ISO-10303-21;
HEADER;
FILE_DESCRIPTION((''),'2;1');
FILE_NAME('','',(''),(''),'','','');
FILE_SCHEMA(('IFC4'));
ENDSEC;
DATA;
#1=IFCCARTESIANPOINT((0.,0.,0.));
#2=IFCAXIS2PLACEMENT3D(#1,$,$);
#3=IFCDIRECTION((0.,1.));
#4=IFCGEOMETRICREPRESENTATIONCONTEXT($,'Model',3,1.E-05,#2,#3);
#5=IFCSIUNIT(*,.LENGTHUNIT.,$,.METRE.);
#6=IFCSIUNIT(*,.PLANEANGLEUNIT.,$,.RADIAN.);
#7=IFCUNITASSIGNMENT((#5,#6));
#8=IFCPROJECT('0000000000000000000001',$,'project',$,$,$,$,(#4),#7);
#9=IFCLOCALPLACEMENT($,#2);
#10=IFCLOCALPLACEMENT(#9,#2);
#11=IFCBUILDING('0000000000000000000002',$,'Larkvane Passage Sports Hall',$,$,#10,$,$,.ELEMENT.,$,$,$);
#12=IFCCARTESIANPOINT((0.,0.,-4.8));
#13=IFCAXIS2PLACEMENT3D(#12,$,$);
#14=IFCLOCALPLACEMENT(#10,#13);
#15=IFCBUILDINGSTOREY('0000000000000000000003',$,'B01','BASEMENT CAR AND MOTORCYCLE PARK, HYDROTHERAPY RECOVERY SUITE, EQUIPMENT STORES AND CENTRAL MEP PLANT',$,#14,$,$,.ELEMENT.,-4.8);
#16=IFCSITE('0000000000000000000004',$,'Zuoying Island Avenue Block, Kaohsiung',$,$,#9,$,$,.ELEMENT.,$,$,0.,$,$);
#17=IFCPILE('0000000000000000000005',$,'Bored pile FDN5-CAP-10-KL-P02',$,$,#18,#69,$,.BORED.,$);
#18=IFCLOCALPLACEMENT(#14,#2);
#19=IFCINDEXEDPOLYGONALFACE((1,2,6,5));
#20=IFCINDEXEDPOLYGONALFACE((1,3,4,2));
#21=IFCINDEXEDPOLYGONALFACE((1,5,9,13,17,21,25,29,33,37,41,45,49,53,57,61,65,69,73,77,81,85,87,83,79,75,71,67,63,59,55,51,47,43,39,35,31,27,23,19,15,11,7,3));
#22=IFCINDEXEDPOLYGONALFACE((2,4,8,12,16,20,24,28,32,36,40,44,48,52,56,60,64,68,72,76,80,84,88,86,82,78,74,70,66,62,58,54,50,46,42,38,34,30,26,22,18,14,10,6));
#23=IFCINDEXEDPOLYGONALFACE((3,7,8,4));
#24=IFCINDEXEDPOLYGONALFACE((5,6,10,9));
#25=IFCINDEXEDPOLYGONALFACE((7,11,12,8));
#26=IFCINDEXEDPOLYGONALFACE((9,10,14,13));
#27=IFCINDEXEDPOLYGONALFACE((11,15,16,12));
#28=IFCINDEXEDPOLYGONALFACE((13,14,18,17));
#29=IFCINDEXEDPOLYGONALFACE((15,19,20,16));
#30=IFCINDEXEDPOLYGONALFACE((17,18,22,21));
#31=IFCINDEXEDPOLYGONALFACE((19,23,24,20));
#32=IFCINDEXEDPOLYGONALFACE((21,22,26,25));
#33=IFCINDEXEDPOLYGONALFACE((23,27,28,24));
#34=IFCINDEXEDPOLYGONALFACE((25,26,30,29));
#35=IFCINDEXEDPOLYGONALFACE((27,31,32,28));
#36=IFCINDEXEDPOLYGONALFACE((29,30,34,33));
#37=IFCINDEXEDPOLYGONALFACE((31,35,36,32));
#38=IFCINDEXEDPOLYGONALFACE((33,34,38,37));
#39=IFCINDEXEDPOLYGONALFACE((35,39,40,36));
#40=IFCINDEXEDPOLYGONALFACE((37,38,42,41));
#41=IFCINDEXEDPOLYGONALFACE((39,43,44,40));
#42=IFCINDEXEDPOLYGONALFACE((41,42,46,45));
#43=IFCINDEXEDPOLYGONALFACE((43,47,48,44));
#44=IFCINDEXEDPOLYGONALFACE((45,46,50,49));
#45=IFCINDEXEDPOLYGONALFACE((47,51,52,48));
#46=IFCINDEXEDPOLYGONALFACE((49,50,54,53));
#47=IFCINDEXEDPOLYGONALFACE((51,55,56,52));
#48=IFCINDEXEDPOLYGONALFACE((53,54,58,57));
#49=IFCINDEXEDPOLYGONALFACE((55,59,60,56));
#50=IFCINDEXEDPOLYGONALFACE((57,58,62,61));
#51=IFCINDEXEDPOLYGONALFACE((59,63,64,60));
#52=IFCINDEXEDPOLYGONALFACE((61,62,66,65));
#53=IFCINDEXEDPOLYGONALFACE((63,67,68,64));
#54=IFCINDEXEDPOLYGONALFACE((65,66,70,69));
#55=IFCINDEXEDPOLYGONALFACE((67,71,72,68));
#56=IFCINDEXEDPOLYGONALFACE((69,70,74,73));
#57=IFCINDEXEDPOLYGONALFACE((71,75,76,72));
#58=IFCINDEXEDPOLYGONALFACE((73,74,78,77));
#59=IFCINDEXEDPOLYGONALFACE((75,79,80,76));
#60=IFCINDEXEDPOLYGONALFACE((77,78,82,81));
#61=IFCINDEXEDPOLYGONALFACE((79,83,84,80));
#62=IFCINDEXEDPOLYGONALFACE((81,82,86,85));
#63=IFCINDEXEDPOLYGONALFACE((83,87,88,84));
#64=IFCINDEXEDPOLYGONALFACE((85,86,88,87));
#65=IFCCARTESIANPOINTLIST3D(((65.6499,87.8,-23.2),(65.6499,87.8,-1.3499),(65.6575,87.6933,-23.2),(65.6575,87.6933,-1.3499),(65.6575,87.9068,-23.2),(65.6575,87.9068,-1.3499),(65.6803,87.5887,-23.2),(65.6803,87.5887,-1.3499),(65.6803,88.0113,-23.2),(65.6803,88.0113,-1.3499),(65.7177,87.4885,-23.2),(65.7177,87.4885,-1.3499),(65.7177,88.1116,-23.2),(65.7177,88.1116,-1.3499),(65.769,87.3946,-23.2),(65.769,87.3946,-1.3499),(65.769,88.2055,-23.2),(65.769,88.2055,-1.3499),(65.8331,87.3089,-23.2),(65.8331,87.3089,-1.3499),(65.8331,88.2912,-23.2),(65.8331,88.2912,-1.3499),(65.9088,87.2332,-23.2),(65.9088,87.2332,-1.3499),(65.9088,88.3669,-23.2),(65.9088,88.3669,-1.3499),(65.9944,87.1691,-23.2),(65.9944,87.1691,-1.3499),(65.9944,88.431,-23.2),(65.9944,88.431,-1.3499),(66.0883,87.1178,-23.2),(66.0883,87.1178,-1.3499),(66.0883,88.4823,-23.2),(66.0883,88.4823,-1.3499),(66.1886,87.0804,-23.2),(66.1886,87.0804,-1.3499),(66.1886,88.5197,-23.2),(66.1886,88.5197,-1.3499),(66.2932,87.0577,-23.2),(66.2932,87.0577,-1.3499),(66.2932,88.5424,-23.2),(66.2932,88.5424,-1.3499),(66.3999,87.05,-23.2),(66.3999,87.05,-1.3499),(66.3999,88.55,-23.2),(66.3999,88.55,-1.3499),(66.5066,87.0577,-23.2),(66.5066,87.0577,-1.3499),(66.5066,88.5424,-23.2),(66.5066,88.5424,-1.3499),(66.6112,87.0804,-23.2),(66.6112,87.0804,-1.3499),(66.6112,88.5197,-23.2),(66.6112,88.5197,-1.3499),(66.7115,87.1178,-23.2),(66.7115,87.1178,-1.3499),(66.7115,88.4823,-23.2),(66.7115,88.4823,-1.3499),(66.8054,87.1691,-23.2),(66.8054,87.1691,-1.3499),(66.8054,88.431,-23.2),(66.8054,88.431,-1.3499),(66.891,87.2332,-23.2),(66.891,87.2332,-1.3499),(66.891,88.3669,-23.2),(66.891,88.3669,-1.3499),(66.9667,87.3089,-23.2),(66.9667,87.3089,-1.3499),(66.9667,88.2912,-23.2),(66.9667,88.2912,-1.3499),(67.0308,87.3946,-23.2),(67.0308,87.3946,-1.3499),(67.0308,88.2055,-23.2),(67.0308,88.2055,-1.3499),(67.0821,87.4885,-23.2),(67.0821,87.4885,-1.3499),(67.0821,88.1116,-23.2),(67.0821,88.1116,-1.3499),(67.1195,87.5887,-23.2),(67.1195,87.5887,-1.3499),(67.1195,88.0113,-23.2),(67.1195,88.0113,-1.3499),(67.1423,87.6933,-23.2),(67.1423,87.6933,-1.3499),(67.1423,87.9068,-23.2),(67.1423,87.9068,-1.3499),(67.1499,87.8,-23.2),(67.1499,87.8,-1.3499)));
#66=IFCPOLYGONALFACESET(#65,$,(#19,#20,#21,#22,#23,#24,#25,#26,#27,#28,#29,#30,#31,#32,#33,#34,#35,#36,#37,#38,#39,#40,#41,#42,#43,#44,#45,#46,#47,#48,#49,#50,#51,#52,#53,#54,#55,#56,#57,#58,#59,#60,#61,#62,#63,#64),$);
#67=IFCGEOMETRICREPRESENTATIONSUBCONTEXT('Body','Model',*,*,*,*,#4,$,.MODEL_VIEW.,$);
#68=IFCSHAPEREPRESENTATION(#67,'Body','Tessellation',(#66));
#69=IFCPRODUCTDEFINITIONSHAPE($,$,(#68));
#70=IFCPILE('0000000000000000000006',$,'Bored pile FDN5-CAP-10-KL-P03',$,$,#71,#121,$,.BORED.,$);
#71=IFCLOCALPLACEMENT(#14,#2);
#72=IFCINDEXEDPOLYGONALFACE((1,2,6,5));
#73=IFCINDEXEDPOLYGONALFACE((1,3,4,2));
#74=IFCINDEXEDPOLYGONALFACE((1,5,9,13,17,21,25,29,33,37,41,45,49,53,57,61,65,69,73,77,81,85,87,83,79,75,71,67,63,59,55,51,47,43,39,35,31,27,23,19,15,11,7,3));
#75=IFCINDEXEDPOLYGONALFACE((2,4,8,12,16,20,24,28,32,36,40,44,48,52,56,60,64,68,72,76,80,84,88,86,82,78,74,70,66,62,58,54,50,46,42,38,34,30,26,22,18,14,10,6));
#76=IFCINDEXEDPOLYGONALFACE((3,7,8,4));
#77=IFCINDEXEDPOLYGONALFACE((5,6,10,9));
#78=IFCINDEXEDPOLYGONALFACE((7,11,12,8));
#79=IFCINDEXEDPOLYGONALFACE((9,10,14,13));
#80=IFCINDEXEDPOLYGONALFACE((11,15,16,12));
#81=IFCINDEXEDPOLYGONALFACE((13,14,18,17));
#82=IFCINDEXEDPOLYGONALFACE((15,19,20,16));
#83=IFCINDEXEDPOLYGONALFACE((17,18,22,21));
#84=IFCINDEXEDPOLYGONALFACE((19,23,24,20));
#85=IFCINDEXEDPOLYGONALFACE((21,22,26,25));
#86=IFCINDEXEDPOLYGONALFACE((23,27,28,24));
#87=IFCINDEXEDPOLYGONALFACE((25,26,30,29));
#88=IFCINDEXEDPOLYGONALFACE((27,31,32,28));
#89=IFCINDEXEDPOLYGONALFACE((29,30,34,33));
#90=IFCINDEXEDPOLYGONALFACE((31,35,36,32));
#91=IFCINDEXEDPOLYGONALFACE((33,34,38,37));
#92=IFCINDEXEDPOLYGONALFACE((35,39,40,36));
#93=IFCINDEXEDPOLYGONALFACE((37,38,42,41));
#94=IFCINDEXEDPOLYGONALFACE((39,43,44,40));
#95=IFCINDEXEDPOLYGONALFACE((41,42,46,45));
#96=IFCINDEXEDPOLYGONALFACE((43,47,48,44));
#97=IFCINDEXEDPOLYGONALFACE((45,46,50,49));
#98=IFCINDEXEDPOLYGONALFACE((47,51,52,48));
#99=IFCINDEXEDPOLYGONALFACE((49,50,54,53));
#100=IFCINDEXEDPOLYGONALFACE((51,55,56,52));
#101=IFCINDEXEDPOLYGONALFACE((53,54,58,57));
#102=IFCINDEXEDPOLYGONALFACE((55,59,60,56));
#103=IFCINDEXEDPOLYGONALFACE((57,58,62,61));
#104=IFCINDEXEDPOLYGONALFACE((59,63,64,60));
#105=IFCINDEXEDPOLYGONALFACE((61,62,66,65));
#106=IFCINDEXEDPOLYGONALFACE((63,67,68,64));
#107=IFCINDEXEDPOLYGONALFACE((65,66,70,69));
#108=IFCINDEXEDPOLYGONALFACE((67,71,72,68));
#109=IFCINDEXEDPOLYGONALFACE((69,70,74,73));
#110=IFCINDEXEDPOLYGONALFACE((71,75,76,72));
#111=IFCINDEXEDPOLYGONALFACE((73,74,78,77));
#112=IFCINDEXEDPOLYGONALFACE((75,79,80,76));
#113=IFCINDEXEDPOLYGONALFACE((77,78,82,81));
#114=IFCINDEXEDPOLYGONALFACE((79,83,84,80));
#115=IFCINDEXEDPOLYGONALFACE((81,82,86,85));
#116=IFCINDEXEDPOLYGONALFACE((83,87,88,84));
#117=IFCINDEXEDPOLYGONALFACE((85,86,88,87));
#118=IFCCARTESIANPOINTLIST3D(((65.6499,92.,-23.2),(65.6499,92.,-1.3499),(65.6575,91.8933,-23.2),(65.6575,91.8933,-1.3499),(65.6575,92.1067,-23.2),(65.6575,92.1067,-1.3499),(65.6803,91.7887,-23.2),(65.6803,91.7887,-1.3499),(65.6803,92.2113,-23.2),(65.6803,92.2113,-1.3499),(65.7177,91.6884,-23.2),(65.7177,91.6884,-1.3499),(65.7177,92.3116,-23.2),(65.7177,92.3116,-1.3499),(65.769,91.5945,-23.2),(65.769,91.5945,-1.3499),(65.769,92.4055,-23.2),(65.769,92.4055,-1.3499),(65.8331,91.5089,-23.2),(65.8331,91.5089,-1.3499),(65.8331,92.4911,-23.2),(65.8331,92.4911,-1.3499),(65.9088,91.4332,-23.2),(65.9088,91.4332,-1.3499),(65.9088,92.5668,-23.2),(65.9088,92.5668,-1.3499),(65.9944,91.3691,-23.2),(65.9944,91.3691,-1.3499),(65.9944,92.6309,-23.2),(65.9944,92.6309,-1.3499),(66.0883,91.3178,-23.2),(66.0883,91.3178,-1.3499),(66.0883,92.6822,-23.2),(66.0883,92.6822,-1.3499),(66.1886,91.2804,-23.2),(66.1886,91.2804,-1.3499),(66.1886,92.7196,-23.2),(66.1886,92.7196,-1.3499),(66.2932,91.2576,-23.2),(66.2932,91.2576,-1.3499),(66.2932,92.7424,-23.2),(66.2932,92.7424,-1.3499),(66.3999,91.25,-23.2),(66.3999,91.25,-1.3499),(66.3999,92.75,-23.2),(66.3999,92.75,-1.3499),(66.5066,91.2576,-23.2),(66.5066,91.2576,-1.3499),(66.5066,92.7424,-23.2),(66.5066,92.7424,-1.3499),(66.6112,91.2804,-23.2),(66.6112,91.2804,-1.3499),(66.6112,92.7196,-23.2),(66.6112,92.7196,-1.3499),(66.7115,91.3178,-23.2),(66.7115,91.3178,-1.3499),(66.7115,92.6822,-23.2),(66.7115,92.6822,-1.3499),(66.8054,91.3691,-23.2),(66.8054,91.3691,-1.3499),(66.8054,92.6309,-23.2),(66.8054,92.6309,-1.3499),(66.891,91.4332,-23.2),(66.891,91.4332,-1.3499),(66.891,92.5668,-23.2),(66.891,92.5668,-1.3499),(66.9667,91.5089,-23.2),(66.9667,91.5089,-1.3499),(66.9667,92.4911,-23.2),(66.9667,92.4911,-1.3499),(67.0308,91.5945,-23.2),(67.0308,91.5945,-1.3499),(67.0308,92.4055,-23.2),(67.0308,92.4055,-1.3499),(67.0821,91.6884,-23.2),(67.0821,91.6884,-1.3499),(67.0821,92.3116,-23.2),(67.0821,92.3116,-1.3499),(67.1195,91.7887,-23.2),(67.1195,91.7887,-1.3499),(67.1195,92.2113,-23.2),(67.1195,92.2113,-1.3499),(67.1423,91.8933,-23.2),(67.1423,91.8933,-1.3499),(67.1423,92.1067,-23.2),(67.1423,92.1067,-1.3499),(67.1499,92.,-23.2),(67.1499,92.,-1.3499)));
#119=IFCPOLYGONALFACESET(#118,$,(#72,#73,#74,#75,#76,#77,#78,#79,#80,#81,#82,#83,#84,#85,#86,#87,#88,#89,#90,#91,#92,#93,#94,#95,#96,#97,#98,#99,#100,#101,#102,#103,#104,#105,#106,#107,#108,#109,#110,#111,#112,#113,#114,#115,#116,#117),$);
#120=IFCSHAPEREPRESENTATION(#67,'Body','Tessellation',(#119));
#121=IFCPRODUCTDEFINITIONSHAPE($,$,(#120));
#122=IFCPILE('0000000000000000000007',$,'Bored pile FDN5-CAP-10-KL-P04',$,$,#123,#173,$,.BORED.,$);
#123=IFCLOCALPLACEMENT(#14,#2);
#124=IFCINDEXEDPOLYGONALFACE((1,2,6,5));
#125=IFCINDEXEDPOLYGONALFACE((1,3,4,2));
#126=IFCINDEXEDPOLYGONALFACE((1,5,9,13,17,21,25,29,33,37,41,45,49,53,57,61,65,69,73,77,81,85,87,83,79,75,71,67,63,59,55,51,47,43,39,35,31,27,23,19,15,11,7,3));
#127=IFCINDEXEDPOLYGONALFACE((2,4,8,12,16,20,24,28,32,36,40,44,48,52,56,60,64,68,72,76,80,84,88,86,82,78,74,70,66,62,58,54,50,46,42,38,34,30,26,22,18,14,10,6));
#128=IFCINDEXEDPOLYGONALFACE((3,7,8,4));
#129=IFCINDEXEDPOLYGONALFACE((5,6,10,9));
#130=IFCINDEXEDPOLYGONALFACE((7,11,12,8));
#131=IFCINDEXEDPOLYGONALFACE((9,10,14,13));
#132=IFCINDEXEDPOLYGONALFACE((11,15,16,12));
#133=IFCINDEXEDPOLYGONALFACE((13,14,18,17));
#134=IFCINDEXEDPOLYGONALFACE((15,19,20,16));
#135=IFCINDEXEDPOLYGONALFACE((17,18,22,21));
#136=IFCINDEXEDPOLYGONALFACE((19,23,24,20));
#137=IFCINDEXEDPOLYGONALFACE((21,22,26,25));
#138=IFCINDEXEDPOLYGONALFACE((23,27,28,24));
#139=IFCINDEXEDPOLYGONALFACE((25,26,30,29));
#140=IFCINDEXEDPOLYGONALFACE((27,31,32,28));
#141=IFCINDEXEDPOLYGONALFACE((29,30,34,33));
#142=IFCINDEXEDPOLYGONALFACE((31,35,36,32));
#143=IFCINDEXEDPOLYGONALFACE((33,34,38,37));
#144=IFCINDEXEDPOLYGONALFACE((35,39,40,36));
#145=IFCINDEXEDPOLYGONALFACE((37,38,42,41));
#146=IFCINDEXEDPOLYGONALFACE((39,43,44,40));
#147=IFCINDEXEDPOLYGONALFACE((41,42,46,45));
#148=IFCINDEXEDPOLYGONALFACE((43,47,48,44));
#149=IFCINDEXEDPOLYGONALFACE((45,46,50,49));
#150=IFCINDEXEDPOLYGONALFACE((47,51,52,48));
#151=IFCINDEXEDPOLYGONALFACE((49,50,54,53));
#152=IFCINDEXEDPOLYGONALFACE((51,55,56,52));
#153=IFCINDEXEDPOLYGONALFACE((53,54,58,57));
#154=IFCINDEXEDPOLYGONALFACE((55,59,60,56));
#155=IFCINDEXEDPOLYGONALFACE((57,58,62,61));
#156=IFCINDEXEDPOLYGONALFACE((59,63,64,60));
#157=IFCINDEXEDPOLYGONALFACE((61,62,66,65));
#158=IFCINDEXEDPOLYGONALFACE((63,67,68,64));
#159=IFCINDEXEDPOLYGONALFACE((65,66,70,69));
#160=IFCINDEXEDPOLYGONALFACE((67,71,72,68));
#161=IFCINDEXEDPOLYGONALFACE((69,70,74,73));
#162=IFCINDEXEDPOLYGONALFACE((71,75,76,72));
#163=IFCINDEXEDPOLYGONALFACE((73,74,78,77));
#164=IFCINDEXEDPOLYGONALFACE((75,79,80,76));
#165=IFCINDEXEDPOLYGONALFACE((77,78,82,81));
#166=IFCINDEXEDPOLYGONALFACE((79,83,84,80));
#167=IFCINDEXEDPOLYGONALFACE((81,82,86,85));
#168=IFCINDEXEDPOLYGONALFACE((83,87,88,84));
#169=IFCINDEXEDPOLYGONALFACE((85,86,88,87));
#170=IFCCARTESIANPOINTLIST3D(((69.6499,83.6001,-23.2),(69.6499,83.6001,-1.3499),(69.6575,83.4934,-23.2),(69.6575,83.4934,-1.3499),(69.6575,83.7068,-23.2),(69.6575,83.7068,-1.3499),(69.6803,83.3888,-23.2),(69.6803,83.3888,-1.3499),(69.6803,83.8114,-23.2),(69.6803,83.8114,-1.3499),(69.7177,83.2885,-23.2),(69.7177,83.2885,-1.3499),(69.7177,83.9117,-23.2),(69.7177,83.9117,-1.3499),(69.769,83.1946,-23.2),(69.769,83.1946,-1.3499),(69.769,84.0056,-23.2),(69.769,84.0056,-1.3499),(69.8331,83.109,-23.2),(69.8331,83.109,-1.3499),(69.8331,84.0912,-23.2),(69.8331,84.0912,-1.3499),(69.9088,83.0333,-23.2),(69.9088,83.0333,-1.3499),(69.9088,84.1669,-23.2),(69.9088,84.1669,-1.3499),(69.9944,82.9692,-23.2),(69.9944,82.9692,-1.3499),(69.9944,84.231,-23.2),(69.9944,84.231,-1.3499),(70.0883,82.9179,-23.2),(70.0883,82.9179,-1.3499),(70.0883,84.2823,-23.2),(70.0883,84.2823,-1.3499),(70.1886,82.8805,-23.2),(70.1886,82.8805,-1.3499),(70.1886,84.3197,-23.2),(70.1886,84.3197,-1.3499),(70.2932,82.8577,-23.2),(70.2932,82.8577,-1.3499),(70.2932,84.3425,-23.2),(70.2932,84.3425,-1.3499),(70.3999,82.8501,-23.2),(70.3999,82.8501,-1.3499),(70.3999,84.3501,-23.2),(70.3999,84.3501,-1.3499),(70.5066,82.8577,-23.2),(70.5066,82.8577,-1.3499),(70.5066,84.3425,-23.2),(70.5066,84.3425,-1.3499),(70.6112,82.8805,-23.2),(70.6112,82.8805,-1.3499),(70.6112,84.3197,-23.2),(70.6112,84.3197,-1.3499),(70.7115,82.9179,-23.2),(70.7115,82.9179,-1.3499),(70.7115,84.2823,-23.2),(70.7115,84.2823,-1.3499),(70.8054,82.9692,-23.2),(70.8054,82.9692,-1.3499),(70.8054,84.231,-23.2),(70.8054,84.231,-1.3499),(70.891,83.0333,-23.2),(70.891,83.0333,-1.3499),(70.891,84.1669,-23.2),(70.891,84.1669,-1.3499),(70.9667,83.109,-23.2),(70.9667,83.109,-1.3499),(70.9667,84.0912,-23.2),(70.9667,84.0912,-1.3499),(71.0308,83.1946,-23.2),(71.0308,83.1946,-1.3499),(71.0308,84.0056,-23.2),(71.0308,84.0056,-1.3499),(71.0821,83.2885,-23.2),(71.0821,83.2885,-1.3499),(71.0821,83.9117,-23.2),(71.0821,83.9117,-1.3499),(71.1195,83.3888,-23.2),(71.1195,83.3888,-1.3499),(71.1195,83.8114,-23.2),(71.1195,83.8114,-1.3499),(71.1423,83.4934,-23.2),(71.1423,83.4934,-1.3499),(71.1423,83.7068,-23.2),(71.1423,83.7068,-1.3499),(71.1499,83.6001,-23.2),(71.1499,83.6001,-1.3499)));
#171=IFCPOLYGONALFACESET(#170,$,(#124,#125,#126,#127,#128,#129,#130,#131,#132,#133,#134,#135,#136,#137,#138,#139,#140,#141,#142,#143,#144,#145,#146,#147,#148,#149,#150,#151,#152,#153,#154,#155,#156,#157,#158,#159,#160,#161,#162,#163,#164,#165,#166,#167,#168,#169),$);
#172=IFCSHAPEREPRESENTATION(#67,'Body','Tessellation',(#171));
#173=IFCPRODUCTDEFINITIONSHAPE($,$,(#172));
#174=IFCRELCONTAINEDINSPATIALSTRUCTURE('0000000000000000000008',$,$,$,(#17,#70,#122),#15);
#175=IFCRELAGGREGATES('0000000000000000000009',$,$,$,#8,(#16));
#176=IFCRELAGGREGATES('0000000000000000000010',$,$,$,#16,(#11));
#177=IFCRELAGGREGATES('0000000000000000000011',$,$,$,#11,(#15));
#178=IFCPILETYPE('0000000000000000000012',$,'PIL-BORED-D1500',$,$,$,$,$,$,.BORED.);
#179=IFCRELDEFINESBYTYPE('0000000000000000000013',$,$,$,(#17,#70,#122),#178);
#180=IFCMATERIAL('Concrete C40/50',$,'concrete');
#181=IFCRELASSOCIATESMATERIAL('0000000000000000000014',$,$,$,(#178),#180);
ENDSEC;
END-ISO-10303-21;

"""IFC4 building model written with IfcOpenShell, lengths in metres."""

from ifc_helpers import new_model, si_unit, direction, frame, origin, origin_2d, place, context, subcontext, project, spatial, circle, extrude, material, material_profile, profile_set, type_object, element, save


model = new_model("IFC4")

# Units and contexts
model_context = context("Model", 3, precision=1e-05, world=origin(), true_north=direction((0.0, 1.0)))
body_context = subcontext(model_context, "Body", "Model", "MODEL_VIEW")
ifc_project = project(units=[si_unit("LENGTHUNIT", "METRE"), si_unit("PLANEANGLEUNIT", "RADIAN")], contexts=[model_context])

# Site, building, storey
site_placement = place(None, origin())
site = spatial("IfcSite", under=ifc_project, at=site_placement, Name="Zuoying Island Avenue Block, Kaohsiung", CompositionType="ELEMENT", RefElevation=0.0)
building_placement = place(site_placement, origin())
building = spatial("IfcBuilding", under=site, at=building_placement, Name="Larkvane Passage Sports Hall", CompositionType="ELEMENT")
storey_placement = place(building_placement, frame((0.0, 0.0, -4.8)))
storey = spatial("IfcBuildingStorey", under=building, at=storey_placement, Name="B01", Description="BASEMENT CAR AND MOTORCYCLE PARK, HYDROTHERAPY RECOVERY SUITE, EQUIPMENT STORES AND CENTRAL MEP PLANT", CompositionType="ELEMENT", Elevation=-4.8)

# Shared definitions
ifc_material_1 = material(Name="Concrete C40/50", Category="concrete")

# Piles
ifc_material_profile_1 = material_profile(ifc_material_1, circle(Radius=0.75, at=origin_2d()), Name="PILE-D1500")
ifc_profile_set_1 = profile_set([ifc_material_profile_1], Name="Concrete C40/50")
pile_type_1 = type_object("IfcPileType", Name="PIL-BORED-D1500", PredefinedType="BORED", material=ifc_profile_set_1)
for number, where, z_axis, x_axis, name in (
    (1, (66.3999, 87.8, -1.3499), (0.0, 0.0, -1.0), (1.0, 0.0, 0.0), "Bored pile FDN5-CAP-10-KL-P02"),
    (2, (66.3999, 92.0, -1.3499), (0.0, 0.0, -1.0), (1.0, 0.0, 0.0), "Bored pile FDN5-CAP-10-KL-P03"),
    (3, (70.3999, 83.6001, -1.3499), (0.0, 0.0, -1.0), (1.0, 0.0, 0.0), "Bored pile FDN5-CAP-10-KL-P04"),
):
    element("IfcPile", number, at=place(storey_placement, frame(where, z_axis=z_axis, x_axis=x_axis)), inside=storey, type_object=pile_type_1, Name=name, PredefinedType="BORED", context=body_context, shape_type="SweptSolid", body=[
        extrude(circle(Radius=0.75, at=origin_2d()), origin(), (0.0, 0.0, 1.0), 21.8501),
    ])

save(model, "model.ifc")
